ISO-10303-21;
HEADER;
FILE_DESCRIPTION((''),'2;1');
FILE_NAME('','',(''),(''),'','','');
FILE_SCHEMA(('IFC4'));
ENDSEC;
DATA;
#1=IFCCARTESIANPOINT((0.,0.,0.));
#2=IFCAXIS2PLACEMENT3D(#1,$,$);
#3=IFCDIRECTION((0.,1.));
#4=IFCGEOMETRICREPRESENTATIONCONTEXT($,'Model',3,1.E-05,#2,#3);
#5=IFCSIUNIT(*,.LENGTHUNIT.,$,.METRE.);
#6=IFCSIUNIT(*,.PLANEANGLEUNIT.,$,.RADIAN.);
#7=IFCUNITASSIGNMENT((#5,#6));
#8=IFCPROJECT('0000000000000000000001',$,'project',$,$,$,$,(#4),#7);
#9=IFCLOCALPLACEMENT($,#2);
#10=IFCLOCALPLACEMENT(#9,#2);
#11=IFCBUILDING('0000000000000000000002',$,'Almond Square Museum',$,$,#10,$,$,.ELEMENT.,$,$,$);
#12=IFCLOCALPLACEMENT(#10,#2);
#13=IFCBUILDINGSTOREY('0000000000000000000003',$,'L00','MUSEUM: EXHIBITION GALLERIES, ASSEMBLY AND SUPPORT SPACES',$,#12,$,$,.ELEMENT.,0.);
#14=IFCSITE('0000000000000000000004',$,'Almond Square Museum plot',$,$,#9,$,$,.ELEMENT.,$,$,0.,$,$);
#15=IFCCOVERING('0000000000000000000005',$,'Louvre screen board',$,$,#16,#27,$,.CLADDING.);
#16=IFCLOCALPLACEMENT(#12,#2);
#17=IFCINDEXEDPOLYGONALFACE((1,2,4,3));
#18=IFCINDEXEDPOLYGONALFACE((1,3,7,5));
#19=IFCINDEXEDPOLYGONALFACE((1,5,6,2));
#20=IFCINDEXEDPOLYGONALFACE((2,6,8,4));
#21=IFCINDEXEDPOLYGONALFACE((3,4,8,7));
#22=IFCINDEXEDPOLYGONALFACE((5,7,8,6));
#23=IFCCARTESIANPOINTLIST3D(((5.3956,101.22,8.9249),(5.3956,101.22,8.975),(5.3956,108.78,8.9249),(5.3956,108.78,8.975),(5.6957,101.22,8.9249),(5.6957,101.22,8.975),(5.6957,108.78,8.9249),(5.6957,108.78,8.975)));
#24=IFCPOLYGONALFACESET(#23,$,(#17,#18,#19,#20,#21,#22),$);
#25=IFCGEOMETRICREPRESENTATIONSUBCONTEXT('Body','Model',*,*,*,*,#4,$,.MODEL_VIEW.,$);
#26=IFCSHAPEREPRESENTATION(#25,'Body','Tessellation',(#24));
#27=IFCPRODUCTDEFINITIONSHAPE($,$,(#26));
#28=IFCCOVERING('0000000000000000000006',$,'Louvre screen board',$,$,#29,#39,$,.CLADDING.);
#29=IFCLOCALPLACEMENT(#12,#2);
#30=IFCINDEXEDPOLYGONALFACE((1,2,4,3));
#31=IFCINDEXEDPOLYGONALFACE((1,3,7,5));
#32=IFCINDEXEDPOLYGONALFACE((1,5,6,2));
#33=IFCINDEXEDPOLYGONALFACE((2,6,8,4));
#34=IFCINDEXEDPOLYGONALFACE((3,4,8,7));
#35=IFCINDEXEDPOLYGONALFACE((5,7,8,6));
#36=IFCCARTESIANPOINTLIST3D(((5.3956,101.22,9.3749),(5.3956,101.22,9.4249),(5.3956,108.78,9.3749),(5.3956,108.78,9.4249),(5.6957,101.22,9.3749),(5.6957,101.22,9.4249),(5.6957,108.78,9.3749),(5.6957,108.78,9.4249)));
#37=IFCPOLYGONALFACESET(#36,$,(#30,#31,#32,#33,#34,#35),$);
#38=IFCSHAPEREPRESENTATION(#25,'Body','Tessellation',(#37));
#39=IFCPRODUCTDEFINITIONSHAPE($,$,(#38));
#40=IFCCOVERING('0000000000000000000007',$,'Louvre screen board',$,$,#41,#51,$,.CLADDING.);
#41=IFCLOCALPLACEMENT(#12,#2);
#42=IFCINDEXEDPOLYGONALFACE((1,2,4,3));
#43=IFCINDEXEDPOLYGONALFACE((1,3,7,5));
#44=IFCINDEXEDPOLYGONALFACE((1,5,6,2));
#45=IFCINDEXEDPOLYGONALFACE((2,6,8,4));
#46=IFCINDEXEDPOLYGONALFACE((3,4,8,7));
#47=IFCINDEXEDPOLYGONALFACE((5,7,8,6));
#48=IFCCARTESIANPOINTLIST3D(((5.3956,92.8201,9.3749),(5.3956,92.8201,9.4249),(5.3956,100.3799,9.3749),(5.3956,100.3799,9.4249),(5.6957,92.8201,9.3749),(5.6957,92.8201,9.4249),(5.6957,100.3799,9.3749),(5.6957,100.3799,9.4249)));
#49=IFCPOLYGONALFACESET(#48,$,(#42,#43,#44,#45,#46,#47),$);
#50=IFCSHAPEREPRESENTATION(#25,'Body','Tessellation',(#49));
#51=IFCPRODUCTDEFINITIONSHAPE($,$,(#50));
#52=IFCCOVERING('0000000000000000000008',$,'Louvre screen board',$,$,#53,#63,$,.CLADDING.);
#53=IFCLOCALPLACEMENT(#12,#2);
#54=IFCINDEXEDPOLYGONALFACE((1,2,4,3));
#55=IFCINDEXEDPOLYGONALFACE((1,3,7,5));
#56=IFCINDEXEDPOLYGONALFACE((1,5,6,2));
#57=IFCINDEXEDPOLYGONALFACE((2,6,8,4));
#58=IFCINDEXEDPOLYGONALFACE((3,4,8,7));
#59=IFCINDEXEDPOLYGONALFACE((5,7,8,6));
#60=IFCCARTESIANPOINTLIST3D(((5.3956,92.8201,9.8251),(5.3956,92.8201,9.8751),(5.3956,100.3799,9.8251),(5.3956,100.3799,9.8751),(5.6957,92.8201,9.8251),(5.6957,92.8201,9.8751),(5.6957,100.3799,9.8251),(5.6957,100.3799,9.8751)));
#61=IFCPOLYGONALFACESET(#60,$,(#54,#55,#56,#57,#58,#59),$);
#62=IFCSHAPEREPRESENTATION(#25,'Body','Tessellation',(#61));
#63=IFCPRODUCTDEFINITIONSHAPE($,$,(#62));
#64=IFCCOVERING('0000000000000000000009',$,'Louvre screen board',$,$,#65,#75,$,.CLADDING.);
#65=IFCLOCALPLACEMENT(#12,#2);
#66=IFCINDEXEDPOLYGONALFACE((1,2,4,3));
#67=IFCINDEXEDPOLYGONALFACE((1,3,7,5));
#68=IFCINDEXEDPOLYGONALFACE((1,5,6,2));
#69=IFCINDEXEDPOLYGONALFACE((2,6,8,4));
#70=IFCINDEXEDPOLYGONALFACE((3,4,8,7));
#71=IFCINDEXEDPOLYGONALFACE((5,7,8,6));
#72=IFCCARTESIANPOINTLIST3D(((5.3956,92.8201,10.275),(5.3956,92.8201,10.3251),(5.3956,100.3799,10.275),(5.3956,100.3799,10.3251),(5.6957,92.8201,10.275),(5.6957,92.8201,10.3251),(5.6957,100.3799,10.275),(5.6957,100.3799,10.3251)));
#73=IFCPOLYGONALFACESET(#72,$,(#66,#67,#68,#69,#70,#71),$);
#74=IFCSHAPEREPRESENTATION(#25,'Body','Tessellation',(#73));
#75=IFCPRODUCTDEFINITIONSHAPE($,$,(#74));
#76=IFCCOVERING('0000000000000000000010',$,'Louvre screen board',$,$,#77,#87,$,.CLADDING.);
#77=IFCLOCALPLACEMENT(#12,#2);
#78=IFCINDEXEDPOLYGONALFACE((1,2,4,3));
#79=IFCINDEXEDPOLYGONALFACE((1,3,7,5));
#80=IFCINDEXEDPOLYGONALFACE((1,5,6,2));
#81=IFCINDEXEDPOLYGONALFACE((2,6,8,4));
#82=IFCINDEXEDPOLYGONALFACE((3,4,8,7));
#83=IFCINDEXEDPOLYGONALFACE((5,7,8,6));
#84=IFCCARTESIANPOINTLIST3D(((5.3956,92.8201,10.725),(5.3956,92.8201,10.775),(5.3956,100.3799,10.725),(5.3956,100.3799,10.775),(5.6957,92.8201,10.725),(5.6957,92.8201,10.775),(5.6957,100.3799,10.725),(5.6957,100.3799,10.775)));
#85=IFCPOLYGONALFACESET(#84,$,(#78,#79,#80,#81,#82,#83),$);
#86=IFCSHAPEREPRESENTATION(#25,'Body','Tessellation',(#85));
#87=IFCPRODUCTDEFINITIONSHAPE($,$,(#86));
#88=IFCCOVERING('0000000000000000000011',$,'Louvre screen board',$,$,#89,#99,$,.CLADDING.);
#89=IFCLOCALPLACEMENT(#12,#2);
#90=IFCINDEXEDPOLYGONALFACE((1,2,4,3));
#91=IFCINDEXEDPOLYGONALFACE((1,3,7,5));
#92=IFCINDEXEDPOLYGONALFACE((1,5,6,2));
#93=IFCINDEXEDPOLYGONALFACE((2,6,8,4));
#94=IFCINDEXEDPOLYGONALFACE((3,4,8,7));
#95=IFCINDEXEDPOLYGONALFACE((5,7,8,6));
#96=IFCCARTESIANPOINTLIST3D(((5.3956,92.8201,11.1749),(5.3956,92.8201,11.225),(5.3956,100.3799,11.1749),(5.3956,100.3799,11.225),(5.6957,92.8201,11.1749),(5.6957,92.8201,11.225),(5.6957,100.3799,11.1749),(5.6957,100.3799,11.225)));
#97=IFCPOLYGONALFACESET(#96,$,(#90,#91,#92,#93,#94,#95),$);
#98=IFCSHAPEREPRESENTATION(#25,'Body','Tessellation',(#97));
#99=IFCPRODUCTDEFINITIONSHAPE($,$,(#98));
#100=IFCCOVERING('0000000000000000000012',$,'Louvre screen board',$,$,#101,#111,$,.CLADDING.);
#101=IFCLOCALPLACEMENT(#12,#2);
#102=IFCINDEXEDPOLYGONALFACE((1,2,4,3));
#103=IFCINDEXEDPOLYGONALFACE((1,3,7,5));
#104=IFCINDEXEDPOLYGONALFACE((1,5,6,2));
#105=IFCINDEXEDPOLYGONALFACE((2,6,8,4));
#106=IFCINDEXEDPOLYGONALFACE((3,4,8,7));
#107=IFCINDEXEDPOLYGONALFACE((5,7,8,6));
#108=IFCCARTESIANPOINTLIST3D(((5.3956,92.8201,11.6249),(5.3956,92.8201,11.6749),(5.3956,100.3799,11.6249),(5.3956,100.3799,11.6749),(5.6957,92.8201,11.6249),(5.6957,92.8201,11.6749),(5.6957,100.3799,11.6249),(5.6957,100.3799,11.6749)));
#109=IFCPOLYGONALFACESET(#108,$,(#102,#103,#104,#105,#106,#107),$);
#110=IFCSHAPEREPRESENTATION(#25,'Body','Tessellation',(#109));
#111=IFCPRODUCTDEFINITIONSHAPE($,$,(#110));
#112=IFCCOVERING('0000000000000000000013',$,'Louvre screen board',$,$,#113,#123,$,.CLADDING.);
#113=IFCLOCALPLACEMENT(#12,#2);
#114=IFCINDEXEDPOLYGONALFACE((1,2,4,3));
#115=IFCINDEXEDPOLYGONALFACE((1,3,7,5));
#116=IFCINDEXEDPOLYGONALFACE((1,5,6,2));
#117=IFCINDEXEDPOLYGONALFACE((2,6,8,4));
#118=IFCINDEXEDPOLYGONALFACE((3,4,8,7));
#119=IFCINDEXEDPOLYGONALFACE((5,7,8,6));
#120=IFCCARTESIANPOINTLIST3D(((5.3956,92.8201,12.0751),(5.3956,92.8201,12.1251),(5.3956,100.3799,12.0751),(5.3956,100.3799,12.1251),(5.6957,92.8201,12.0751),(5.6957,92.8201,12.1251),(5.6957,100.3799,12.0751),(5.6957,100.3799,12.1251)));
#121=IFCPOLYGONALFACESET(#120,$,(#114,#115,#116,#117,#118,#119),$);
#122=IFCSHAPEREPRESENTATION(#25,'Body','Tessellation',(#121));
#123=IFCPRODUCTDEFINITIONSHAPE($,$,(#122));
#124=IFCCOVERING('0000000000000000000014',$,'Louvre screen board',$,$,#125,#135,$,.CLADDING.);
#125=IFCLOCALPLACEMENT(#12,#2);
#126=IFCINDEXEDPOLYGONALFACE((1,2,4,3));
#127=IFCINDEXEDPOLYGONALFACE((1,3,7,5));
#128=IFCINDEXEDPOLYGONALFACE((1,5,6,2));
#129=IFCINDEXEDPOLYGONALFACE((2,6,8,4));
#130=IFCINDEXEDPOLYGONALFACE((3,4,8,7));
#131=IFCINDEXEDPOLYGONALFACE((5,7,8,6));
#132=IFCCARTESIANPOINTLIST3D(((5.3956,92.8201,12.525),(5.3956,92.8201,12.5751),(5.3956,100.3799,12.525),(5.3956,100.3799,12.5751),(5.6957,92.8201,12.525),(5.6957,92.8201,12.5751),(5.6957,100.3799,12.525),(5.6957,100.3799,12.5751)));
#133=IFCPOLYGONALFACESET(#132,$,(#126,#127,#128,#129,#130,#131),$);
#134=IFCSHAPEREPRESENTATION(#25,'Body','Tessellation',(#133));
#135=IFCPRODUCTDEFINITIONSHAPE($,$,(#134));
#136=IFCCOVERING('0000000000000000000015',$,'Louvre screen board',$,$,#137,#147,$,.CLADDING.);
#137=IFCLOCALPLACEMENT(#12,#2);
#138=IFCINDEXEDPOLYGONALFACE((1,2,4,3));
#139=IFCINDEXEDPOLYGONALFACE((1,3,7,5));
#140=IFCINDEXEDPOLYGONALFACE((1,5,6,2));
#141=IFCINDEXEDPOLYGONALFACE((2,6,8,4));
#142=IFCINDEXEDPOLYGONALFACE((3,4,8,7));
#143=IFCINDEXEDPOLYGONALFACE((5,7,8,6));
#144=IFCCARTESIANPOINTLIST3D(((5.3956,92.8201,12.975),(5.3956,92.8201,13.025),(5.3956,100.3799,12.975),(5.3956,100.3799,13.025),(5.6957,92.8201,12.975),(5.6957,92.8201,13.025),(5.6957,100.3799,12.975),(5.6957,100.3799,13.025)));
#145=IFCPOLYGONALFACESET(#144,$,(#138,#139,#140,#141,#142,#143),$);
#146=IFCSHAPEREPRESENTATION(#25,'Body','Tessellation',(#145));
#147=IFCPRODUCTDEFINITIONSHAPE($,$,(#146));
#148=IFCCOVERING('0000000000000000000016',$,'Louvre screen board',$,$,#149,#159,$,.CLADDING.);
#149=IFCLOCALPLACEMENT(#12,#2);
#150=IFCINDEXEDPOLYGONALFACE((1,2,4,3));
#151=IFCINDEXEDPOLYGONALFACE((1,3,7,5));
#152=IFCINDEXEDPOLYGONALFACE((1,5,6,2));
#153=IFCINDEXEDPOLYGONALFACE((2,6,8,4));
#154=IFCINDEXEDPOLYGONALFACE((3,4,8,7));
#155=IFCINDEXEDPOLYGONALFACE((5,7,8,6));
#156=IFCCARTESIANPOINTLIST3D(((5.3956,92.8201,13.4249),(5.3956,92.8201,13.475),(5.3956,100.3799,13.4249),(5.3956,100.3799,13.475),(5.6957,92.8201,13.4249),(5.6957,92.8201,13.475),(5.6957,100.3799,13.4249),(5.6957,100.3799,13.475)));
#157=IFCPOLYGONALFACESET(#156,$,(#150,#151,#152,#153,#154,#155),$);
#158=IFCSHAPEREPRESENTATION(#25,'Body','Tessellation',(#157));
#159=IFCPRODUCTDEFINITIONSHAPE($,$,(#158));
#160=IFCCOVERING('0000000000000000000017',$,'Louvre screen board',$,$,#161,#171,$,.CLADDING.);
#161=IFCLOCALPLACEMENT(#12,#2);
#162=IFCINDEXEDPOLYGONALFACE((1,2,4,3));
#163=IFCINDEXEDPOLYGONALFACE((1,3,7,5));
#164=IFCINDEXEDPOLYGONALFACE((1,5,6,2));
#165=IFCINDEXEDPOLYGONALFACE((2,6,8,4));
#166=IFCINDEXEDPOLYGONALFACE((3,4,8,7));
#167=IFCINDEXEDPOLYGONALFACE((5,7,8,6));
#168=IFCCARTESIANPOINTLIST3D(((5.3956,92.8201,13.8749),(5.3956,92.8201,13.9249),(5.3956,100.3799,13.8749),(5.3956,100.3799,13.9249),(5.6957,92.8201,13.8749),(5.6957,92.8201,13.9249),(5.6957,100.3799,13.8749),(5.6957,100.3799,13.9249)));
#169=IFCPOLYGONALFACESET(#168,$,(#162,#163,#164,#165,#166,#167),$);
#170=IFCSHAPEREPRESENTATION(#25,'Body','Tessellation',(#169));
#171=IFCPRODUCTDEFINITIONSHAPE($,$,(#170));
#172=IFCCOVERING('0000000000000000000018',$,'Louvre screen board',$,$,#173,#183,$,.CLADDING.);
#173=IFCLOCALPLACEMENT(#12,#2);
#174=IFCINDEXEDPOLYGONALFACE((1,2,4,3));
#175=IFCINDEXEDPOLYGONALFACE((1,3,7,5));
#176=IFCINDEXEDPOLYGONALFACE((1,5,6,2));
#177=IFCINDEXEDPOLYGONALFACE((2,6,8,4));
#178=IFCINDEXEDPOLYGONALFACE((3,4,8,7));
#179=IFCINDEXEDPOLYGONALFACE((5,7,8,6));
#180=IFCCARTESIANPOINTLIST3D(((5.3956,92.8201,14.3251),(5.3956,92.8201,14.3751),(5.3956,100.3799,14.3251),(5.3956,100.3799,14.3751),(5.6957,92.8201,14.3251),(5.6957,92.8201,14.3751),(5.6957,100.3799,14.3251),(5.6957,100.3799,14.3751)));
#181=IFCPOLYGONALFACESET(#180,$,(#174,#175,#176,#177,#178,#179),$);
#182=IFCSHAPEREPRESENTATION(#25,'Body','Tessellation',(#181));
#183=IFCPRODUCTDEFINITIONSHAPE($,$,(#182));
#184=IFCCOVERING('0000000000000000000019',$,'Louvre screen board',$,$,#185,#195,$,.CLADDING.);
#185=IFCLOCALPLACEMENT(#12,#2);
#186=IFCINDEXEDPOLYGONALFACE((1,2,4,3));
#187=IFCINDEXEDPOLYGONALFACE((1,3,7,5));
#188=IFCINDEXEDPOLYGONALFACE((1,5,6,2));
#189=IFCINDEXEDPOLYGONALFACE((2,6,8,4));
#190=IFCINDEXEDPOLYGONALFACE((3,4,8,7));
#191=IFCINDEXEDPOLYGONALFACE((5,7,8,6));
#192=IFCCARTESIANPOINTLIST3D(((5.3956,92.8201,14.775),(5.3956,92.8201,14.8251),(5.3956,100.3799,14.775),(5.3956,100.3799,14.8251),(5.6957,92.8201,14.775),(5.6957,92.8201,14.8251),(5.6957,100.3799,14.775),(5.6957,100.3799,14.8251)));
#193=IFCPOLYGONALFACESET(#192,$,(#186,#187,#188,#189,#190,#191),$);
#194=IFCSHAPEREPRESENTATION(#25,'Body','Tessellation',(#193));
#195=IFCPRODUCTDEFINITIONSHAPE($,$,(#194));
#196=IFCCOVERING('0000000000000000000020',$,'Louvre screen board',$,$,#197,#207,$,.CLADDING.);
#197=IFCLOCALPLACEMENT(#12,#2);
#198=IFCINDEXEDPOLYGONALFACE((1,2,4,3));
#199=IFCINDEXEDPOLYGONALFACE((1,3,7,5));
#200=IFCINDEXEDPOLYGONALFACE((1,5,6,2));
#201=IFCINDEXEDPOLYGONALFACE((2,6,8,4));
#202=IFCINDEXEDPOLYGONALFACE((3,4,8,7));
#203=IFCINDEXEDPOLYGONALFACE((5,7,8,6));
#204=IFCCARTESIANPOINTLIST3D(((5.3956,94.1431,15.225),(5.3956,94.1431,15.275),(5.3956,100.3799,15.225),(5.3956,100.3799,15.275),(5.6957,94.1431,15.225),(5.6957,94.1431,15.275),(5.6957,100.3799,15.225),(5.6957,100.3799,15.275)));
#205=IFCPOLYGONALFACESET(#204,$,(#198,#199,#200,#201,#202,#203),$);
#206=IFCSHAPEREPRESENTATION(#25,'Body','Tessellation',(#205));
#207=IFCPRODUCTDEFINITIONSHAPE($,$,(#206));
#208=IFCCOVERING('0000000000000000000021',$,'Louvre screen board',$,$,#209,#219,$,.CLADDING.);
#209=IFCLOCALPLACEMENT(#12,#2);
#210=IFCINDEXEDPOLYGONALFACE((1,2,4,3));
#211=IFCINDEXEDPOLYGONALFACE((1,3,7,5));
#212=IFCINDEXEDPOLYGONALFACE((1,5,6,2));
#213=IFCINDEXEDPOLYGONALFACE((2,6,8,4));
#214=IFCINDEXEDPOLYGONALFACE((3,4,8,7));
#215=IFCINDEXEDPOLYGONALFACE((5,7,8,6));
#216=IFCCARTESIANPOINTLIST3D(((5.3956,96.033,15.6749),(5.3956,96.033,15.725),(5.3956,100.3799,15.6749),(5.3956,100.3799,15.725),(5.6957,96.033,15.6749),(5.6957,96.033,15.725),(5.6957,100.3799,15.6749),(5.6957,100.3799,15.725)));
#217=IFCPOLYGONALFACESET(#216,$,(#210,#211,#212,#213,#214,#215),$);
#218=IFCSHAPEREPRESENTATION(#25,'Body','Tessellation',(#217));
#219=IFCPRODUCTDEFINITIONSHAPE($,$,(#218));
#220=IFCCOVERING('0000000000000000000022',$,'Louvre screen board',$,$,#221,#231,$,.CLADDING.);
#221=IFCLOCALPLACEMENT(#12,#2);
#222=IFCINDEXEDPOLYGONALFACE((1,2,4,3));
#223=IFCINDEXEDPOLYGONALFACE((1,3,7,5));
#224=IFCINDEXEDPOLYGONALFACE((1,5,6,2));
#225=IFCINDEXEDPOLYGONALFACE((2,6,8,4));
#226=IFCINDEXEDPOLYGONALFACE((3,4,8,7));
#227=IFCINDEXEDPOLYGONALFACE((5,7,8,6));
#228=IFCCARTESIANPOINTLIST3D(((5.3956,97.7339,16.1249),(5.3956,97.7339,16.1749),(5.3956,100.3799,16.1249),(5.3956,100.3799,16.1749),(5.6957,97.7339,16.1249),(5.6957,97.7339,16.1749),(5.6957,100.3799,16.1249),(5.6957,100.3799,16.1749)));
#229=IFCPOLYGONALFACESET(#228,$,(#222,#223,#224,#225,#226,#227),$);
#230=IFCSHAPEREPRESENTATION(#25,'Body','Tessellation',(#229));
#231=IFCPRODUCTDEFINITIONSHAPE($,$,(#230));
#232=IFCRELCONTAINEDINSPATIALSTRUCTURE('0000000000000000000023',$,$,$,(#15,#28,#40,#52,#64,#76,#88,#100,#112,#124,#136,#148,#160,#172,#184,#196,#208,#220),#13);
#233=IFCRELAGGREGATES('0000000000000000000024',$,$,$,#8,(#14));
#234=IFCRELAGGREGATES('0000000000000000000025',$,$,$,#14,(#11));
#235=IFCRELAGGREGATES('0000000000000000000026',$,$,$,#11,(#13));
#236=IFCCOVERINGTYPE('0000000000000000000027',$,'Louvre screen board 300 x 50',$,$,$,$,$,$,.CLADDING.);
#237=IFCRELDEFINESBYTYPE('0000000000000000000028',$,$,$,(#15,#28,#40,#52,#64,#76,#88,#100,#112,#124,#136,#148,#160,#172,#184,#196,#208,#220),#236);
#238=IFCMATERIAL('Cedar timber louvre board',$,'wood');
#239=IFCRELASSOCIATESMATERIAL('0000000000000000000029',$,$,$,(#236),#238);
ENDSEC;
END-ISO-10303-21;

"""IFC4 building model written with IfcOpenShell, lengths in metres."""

from ifc_helpers import new_model, si_unit, direction, frame, origin, origin_2d, place, context, subcontext, project, spatial, rectangle, extrude, material, material_profile, profile_set, type_object, element, save


model = new_model("IFC4")

# Units and contexts
model_context = context("Model", 3, precision=1e-05, world=origin(), true_north=direction((0.0, 1.0)))
body_context = subcontext(model_context, "Body", "Model", "MODEL_VIEW")
ifc_project = project(units=[si_unit("LENGTHUNIT", "METRE"), si_unit("PLANEANGLEUNIT", "RADIAN")], contexts=[model_context])

# Site, building, storey
site_placement = place(None, origin())
site = spatial("IfcSite", under=ifc_project, at=site_placement, Name="Almond Square Museum plot", CompositionType="ELEMENT", RefElevation=0.0)
building_placement = place(site_placement, origin())
building = spatial("IfcBuilding", under=site, at=building_placement, Name="Almond Square Museum", CompositionType="ELEMENT")
storey_placement = place(building_placement, origin())
storey = spatial("IfcBuildingStorey", under=building, at=storey_placement, Name="L00", Description="MUSEUM: EXHIBITION GALLERIES, ASSEMBLY AND SUPPORT SPACES", CompositionType="ELEMENT", Elevation=0.0)

# Coverings
ifc_material = material(Name="Cedar timber louvre board", Category="wood")
ifc_material_profile = material_profile(ifc_material, rectangle(XDim=0.3, YDim=0.05, at=origin_2d()))
ifc_profile_set = profile_set([ifc_material_profile], Name="Cedar timber louvre board")
covering_type = type_object("IfcCoveringType", Name="Louvre screen board 300 x 50", PredefinedType="CLADDING", material=ifc_profile_set)
for number, where, z_axis, x_axis, name in (
    (1, (5.5457, 101.22, 8.95), (0.0, 1.0, 0.0), (-1.0, 0.0, 0.0), "Louvre screen board"),
    (2, (5.5457, 101.22, 9.3999), (0.0, 1.0, 0.0), (-1.0, 0.0, 0.0), "Louvre screen board"),
):
    element("IfcCovering", number, at=place(storey_placement, frame(where, z_axis=z_axis, x_axis=x_axis)), inside=storey, type_object=covering_type, Name=name, PredefinedType="CLADDING", context=body_context, shape_type="SweptSolid", body=[
        extrude(rectangle(XDim=0.3, YDim=0.05, at=origin_2d()), origin(), (0.0, 0.0, 1.0), 7.5601),
    ])
for number, where, z_axis, x_axis, name in (
    (3, (5.5457, 92.8201, 9.3999), (0.0, 1.0, 0.0), (-1.0, 0.0, 0.0), "Louvre screen board"),
    (4, (5.5457, 92.8201, 9.8501), (0.0, 1.0, 0.0), (-1.0, 0.0, 0.0), "Louvre screen board"),
    (5, (5.5457, 92.8201, 10.3), (0.0, 1.0, 0.0), (-1.0, 0.0, 0.0), "Louvre screen board"),
    (6, (5.5457, 92.8201, 10.75), (0.0, 1.0, 0.0), (-1.0, 0.0, 0.0), "Louvre screen board"),
    (7, (5.5457, 92.8201, 11.2), (0.0, 1.0, 0.0), (-1.0, 0.0, 0.0), "Louvre screen board"),
    (8, (5.5457, 92.8201, 11.6499), (0.0, 1.0, 0.0), (-1.0, 0.0, 0.0), "Louvre screen board"),
    (9, (5.5457, 92.8201, 12.1001), (0.0, 1.0, 0.0), (-1.0, 0.0, 0.0), "Louvre screen board"),
    (10, (5.5457, 92.8201, 12.55), (0.0, 1.0, 0.0), (-1.0, 0.0, 0.0), "Louvre screen board"),
    (11, (5.5457, 92.8201, 13.0), (0.0, 1.0, 0.0), (-1.0, 0.0, 0.0), "Louvre screen board"),
    (12, (5.5457, 92.8201, 13.45), (0.0, 1.0, 0.0), (-1.0, 0.0, 0.0), "Louvre screen board"),
    (13, (5.5457, 92.8201, 13.8999), (0.0, 1.0, 0.0), (-1.0, 0.0, 0.0), "Louvre screen board"),
    (14, (5.5457, 92.8201, 14.3501), (0.0, 1.0, 0.0), (-1.0, 0.0, 0.0), "Louvre screen board"),
    (15, (5.5457, 92.8201, 14.8), (0.0, 1.0, 0.0), (-1.0, 0.0, 0.0), "Louvre screen board"),
):
    element("IfcCovering", number, at=place(storey_placement, frame(where, z_axis=z_axis, x_axis=x_axis)), inside=storey, type_object=covering_type, Name=name, PredefinedType="CLADDING", context=body_context, shape_type="SweptSolid", body=[
        extrude(rectangle(XDim=0.3, YDim=0.05, at=origin_2d()), origin(), (0.0, 0.0, 1.0), 7.5598),
    ])
covering_1_placement = place(storey_placement, frame((5.5457, 94.1431, 15.25), z_axis=(0.0, 1.0, 0.0), x_axis=(-1.0, 0.0, 0.0)))
element("IfcCovering", 16, at=covering_1_placement, inside=storey, type_object=covering_type, Name="Louvre screen board", PredefinedType="CLADDING", context=body_context, shape_type="SweptSolid", body=[
    extrude(rectangle(XDim=0.3, YDim=0.05, at=origin_2d()), origin(), (0.0, 0.0, 1.0), 6.2368),
])
covering_2_placement = place(storey_placement, frame((5.5457, 96.033, 15.7), z_axis=(0.0, 1.0, 0.0), x_axis=(-1.0, 0.0, 0.0)))
element("IfcCovering", 17, at=covering_2_placement, inside=storey, type_object=covering_type, Name="Louvre screen board", PredefinedType="CLADDING", context=body_context, shape_type="SweptSolid", body=[
    extrude(rectangle(XDim=0.3, YDim=0.05, at=origin_2d()), origin(), (0.0, 0.0, 1.0), 4.3469),
])
covering_3_placement = place(storey_placement, frame((5.5457, 97.7339, 16.1499), z_axis=(0.0, 1.0, 0.0), x_axis=(-1.0, 0.0, 0.0)))
element("IfcCovering", 18, at=covering_3_placement, inside=storey, type_object=covering_type, Name="Louvre screen board", PredefinedType="CLADDING", context=body_context, shape_type="SweptSolid", body=[
    extrude(rectangle(XDim=0.3, YDim=0.05, at=origin_2d()), origin(), (0.0, 0.0, 1.0), 2.646),
])

save(model, "model.ifc")
